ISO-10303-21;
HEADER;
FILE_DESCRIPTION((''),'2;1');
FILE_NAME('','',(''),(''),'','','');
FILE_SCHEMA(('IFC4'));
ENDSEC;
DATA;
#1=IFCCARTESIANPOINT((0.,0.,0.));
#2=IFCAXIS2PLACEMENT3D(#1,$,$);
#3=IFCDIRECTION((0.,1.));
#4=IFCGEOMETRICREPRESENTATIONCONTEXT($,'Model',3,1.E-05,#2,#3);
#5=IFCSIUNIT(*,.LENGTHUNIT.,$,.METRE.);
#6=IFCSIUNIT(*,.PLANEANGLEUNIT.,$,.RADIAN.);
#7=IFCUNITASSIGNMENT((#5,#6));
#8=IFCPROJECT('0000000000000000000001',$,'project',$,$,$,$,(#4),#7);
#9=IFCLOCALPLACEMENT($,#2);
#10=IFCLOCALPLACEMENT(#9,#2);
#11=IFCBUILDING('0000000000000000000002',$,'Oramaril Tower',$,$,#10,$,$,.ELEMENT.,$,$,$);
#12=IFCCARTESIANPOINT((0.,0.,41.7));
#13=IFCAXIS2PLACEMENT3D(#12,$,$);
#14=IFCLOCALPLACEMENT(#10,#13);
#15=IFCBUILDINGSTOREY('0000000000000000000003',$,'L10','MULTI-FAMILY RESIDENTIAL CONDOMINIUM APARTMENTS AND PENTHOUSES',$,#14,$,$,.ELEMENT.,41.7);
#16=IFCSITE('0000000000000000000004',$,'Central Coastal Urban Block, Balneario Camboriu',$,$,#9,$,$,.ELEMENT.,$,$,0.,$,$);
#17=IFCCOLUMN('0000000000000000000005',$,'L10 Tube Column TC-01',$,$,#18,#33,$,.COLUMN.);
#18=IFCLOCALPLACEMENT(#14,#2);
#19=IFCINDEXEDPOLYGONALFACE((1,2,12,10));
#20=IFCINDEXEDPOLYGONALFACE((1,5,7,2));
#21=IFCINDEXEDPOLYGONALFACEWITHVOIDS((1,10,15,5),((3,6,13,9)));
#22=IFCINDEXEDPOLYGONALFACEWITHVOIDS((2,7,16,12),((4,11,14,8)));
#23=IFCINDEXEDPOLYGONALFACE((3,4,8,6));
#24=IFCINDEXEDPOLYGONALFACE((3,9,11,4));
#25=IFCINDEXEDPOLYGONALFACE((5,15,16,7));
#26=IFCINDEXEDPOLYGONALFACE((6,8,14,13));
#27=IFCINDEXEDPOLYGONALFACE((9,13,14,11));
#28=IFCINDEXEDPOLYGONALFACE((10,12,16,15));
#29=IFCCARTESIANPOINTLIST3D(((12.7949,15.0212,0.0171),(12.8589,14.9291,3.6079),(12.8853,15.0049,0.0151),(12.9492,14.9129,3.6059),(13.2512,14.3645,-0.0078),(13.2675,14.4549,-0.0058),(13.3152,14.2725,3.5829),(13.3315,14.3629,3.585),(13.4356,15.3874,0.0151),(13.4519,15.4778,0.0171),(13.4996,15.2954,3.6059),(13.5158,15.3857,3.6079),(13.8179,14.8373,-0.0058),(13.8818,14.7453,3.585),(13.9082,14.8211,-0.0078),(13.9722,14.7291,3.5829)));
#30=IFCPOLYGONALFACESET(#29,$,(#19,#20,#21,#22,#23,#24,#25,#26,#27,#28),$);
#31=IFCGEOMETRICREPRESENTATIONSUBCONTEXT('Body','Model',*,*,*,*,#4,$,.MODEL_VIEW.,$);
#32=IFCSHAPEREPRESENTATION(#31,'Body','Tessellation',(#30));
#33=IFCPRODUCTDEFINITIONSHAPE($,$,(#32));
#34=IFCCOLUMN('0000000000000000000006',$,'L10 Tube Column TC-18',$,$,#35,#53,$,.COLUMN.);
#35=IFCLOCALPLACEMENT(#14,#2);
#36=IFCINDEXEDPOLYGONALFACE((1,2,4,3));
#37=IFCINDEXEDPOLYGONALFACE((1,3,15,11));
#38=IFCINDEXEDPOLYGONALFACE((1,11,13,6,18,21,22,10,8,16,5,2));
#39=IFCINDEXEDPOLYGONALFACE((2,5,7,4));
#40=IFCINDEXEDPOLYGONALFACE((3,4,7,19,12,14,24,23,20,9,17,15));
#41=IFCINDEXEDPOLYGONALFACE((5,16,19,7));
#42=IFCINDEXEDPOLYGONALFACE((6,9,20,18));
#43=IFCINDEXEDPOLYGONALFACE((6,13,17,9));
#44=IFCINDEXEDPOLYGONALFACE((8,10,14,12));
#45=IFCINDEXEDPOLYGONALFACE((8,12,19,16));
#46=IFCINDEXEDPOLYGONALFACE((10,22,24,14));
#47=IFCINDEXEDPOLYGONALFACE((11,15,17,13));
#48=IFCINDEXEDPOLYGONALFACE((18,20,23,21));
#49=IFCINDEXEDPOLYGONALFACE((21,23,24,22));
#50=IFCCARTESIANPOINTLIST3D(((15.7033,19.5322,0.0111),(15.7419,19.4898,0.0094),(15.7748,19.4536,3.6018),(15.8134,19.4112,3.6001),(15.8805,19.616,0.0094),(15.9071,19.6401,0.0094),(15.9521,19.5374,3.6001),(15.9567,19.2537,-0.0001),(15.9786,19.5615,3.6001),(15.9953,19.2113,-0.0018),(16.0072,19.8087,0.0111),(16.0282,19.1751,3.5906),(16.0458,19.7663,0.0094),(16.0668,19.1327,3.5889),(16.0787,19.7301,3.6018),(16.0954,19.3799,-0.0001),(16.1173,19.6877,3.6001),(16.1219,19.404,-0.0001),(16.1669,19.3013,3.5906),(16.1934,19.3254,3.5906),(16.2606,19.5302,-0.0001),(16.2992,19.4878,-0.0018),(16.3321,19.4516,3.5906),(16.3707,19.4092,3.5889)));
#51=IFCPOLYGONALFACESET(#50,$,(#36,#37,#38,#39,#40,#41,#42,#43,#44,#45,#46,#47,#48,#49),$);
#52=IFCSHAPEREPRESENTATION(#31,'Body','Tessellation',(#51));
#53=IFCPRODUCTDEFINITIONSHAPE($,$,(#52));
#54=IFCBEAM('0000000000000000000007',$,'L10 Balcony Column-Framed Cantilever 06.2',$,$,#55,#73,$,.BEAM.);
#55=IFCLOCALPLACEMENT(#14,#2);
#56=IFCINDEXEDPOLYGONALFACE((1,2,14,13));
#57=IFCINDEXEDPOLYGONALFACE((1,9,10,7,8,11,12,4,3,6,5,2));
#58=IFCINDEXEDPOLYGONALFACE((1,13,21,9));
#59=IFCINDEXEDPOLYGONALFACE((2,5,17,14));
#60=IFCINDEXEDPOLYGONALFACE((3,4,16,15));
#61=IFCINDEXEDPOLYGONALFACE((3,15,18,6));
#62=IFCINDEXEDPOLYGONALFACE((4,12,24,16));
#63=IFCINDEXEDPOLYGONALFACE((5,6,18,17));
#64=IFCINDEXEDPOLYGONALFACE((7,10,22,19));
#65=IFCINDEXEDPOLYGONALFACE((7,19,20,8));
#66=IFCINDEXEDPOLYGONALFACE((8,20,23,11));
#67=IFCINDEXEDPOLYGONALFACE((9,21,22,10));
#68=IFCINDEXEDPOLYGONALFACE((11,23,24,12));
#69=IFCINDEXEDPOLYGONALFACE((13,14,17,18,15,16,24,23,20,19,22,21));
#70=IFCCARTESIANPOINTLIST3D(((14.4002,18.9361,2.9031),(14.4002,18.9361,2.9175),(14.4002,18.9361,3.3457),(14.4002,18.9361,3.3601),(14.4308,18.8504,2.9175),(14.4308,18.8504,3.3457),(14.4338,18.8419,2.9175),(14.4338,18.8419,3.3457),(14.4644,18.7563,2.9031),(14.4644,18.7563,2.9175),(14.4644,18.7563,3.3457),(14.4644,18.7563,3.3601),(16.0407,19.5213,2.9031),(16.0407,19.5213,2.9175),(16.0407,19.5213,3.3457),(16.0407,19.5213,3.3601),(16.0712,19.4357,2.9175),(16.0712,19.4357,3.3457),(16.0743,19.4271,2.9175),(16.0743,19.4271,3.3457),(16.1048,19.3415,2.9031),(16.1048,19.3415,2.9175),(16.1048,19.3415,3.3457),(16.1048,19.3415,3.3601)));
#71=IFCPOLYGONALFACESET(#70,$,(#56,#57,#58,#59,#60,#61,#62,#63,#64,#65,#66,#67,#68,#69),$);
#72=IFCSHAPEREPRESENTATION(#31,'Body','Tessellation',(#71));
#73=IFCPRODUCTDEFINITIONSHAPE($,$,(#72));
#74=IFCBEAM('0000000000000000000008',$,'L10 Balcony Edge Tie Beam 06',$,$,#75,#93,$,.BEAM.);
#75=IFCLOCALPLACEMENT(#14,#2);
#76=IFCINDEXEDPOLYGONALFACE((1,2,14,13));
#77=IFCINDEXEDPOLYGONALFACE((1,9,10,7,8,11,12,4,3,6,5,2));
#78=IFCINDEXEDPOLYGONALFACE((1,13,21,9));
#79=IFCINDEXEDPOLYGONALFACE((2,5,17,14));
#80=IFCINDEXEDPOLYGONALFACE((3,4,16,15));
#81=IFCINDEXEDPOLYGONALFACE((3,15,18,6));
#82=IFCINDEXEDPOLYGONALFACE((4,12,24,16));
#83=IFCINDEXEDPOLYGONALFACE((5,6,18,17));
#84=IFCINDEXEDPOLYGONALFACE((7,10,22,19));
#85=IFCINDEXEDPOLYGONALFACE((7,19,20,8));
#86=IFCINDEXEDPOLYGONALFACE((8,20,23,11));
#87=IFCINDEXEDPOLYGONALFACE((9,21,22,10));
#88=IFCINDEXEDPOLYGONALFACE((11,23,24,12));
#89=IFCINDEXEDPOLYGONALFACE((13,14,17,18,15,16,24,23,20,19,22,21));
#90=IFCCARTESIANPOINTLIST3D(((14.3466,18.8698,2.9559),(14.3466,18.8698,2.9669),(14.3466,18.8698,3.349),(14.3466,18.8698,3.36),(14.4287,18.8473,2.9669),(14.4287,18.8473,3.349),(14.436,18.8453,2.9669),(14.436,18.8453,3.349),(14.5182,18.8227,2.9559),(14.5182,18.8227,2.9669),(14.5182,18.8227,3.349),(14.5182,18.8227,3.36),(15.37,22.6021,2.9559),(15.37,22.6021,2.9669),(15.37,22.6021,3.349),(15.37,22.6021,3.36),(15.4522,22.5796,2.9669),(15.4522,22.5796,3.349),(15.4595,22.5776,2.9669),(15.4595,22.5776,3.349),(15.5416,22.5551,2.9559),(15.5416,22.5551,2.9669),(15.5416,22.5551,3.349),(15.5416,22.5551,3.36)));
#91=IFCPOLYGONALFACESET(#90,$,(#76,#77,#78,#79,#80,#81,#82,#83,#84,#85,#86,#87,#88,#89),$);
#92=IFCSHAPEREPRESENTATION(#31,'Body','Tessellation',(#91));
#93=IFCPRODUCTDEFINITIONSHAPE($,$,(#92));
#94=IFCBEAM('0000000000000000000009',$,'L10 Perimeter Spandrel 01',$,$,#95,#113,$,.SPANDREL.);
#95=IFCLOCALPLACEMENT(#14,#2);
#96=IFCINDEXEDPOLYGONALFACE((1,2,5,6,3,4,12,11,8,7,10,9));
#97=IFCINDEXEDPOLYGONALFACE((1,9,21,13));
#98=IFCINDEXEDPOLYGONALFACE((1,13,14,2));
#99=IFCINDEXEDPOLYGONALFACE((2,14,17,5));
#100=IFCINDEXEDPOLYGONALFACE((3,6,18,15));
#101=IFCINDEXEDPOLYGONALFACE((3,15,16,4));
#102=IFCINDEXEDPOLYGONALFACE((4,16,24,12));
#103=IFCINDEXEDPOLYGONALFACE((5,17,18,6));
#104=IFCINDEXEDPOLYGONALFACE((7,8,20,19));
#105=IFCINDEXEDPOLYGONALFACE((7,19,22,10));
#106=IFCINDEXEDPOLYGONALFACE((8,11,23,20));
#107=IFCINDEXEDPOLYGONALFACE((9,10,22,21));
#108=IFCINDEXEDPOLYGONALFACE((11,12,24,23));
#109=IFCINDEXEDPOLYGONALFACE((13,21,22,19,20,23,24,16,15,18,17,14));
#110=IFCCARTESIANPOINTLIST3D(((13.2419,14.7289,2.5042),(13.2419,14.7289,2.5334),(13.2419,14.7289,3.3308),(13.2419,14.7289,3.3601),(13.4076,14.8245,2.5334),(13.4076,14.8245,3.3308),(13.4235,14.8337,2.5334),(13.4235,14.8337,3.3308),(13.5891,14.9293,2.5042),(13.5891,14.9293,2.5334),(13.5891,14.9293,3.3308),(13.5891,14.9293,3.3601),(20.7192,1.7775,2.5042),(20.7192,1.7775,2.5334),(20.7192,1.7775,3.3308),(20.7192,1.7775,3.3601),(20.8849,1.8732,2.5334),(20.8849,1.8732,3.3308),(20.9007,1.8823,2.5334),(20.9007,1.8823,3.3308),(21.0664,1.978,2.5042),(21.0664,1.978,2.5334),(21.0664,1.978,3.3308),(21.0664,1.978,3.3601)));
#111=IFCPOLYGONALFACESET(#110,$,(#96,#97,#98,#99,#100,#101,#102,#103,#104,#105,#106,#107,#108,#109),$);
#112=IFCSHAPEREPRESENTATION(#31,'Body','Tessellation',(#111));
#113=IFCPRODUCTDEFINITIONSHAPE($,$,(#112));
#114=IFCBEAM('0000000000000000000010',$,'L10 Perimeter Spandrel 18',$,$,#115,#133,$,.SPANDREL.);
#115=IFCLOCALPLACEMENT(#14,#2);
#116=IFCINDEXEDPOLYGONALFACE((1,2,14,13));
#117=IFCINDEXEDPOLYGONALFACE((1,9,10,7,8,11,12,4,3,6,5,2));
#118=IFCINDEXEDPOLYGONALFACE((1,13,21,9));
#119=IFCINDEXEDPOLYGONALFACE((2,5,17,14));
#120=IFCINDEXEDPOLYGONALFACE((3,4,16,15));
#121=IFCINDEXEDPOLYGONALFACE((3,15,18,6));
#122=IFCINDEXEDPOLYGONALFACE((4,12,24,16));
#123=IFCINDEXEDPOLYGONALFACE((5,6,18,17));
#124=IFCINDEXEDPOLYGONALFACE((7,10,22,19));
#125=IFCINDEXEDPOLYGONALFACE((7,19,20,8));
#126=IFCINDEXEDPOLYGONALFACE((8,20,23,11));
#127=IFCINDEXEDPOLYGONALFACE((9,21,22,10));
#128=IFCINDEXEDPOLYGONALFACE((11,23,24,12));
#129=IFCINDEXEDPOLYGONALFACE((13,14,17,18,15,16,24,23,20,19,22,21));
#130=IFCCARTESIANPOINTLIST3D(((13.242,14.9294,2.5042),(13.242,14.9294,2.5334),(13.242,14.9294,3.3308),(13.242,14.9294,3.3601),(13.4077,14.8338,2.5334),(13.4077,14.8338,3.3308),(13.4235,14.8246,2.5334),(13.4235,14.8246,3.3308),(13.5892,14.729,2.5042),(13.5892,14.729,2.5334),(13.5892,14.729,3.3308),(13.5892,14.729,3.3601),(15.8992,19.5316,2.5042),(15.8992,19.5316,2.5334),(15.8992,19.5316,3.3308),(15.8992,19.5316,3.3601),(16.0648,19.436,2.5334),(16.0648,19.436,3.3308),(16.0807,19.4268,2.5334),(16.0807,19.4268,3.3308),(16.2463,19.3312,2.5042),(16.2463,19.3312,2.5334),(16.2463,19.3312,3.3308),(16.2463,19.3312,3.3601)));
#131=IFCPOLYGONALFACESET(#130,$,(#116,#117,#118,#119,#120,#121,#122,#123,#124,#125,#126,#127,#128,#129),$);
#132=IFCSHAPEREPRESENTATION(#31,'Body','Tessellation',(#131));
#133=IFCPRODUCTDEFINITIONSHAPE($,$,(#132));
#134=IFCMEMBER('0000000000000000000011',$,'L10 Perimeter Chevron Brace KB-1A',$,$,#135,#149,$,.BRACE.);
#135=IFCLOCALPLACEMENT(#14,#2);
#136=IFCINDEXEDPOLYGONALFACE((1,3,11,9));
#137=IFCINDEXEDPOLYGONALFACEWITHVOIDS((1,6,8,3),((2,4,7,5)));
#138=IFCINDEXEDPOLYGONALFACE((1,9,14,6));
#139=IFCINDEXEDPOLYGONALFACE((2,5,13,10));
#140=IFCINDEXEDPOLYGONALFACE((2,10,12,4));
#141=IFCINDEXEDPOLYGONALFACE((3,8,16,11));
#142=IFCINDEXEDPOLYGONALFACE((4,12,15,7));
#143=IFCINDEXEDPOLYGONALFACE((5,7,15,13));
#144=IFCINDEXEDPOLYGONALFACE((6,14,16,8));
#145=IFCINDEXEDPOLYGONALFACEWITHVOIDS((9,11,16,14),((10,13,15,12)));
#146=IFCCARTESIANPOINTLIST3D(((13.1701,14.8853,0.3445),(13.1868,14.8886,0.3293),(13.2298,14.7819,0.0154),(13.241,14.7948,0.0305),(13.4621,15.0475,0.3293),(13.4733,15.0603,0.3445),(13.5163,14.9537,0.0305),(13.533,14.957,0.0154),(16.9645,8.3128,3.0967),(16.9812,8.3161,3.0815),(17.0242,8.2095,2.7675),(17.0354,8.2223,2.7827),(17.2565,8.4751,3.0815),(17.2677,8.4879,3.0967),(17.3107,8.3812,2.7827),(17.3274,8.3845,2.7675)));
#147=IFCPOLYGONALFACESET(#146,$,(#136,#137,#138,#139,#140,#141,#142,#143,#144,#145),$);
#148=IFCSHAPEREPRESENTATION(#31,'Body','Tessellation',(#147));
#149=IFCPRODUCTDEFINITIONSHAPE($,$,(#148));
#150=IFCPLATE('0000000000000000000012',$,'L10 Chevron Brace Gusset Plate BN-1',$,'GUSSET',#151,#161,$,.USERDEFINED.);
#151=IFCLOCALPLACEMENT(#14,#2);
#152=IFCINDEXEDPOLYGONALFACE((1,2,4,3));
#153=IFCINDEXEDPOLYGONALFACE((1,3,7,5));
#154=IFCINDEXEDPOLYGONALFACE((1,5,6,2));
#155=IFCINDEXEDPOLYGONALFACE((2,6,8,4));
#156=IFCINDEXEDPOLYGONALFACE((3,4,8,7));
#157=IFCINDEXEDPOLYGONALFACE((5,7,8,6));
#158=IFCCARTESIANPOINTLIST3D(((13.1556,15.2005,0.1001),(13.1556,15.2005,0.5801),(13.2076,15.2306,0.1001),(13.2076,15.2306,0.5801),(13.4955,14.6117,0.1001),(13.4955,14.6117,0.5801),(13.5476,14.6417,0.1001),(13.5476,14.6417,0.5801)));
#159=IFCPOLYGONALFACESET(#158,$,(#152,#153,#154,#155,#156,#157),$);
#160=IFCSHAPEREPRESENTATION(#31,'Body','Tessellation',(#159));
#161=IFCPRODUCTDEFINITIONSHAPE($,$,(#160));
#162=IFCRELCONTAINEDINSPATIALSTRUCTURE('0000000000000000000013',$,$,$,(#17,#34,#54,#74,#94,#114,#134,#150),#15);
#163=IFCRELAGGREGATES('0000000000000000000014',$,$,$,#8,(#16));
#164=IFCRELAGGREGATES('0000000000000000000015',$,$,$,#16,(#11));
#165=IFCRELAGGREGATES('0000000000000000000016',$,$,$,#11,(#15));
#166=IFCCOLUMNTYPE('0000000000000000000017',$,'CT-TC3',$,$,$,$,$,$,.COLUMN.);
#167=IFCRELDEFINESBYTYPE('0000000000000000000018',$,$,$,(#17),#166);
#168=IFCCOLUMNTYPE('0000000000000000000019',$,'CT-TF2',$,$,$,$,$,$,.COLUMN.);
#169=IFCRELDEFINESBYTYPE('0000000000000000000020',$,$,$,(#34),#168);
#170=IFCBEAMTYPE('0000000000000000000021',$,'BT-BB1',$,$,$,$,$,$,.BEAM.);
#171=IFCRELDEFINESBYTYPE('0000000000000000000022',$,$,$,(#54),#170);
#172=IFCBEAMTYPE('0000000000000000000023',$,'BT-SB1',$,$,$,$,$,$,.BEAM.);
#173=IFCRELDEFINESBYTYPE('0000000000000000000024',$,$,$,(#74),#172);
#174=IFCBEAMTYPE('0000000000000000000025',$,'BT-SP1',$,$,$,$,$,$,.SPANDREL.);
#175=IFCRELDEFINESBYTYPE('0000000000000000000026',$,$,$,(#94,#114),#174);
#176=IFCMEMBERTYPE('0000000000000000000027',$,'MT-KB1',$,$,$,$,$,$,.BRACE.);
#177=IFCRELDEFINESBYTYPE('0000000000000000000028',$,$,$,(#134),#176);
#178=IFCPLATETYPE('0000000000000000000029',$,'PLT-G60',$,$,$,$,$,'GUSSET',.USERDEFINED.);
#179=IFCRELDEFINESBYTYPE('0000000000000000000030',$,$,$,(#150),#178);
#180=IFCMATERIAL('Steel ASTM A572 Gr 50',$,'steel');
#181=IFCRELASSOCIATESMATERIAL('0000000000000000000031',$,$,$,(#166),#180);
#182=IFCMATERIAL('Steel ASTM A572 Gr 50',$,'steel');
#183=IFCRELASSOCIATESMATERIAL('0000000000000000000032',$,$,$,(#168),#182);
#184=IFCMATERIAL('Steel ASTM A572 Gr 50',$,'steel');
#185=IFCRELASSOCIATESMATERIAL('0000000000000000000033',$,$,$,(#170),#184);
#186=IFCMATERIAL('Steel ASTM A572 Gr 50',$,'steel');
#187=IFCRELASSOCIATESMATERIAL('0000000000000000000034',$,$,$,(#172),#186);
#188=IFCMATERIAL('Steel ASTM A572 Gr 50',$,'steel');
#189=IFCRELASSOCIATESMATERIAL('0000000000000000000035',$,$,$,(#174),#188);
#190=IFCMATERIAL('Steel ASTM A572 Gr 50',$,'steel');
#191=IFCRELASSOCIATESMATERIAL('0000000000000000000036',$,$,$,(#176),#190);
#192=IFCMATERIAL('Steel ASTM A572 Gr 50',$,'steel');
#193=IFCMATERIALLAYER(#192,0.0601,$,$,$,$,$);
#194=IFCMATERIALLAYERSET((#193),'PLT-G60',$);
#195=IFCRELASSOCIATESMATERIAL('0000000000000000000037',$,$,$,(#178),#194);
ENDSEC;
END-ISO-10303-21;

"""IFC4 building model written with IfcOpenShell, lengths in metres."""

from ifc_helpers import new_model, si_unit, direction, frame, origin, origin_2d, place, context, subcontext, project, spatial, rectangle, hollow_rectangle, i_section, extrude, material, layer, layer_set, material_profile, profile_set, type_object, element, save


model = new_model("IFC4")

# Units and contexts
model_context = context("Model", 3, precision=1e-05, world=origin(), true_north=direction((0.0, 1.0)))
body_context = subcontext(model_context, "Body", "Model", "MODEL_VIEW")
ifc_project = project(units=[si_unit("LENGTHUNIT", "METRE"), si_unit("PLANEANGLEUNIT", "RADIAN")], contexts=[model_context])

# Site, building, storey
site_placement = place(None, origin())
site = spatial("IfcSite", under=ifc_project, at=site_placement, Name="Central Coastal Urban Block, Balneario Camboriu", CompositionType="ELEMENT", RefElevation=0.0)
building_placement = place(site_placement, origin())
building = spatial("IfcBuilding", under=site, at=building_placement, Name="Oramaril Tower", CompositionType="ELEMENT")
storey_placement = place(building_placement, frame((0.0, 0.0, 41.7)))
storey = spatial("IfcBuildingStorey", under=building, at=storey_placement, Name="L10", Description="MULTI-FAMILY RESIDENTIAL CONDOMINIUM APARTMENTS AND PENTHOUSES", CompositionType="ELEMENT", Elevation=41.7)

# Columns
ifc_material_1 = material(Name="Steel ASTM A572 Gr 50", Category="steel")
ifc_material_profile_1 = material_profile(ifc_material_1, hollow_rectangle(XDim=0.8, YDim=0.8, WallThickness=0.0649, at=origin_2d()), Name="BOX800X800X65")
ifc_profile_set_1 = profile_set([ifc_material_profile_1], Name="Steel ASTM A572 Gr 50")
column_type_1 = type_object("IfcColumnType", Name="CT-TC3", PredefinedType="COLUMN", material=ifc_profile_set_1)
column_1_placement = place(storey_placement, frame((13.3516, 14.9211, 0.0046), z_axis=(0.017805, -0.02562, 0.999513), x_axis=(0.821171, 0.570682, 0.0)))
element("IfcColumn", 1, at=column_1_placement, inside=storey, type_object=column_type_1, Name="L10 Tube Column TC-01", PredefinedType="COLUMN", context=body_context, shape_type="SweptSolid", body=[
    extrude(hollow_rectangle(XDim=0.8, YDim=0.8, WallThickness=0.0649, at=origin_2d()), origin(), (0.0, 0.0, 1.0), 3.5925),
])
ifc_material_2 = material(Name="Steel ASTM A572 Gr 50", Category="steel")
ifc_material_profile_2 = material_profile(ifc_material_2, i_section(OverallWidth=0.4109, OverallDepth=0.4341, WebThickness=0.0359, FlangeThickness=0.0574, at=origin_2d()), Name="W14X311")
ifc_profile_set_2 = profile_set([ifc_material_profile_2], Name="Steel ASTM A572 Gr 50")
column_type_2 = type_object("IfcColumnType", Name="CT-TF2", PredefinedType="COLUMN", material=ifc_profile_set_2)
column_2_placement = place(storey_placement, frame((16.0012, 19.51, 0.0046), z_axis=(0.019912, -0.021883, 0.999562), x_axis=(0.739628, 0.673016, 0.0)))
element("IfcColumn", 2, at=column_2_placement, inside=storey, type_object=column_type_2, Name="L10 Tube Column TC-18", PredefinedType="COLUMN", context=body_context, shape_type="SweptSolid", body=[
    extrude(i_section(OverallWidth=0.4109, OverallDepth=0.4341, WebThickness=0.0359, FlangeThickness=0.0574, at=origin_2d()), origin(), (0.0, 0.0, 1.0), 3.5923),
])

# Beams
ifc_material_3 = material(Name="Steel ASTM A572 Gr 50", Category="steel")
ifc_material_profile_3 = material_profile(ifc_material_3, i_section(OverallWidth=0.1909, OverallDepth=0.457, WebThickness=0.009, FlangeThickness=0.0144, at=origin_2d()), Name="W18X50")
ifc_profile_set_3 = profile_set([ifc_material_profile_3], Name="Steel ASTM A572 Gr 50")
beam_type_1 = type_object("IfcBeamType", Name="BT-BB1", PredefinedType="BEAM", material=ifc_profile_set_3)
beam_1_placement = place(storey_placement, frame((16.0728, 19.4314, 3.1316), z_axis=(-0.941859, -0.336008, 0.0), x_axis=(0.336008, -0.941859, 0.0)))
element("IfcBeam", 3, at=beam_1_placement, inside=storey, type_object=beam_type_1, Name="L10 Balcony Column-Framed Cantilever 06.2", PredefinedType="BEAM", context=body_context, shape_type="SweptSolid", body=[
    extrude(i_section(OverallWidth=0.1909, OverallDepth=0.457, WebThickness=0.009, FlangeThickness=0.0144, at=origin_2d()), origin(), (0.0, 0.0, 1.0), 1.7417),
])
ifc_material_4 = material(Name="Steel ASTM A572 Gr 50", Category="steel")
ifc_material_profile_4 = material_profile(ifc_material_4, i_section(OverallWidth=0.178, OverallDepth=0.4041, WebThickness=0.0076, FlangeThickness=0.011, at=origin_2d()), Name="W16X36")
ifc_profile_set_4 = profile_set([ifc_material_profile_4], Name="Steel ASTM A572 Gr 50")
beam_type_2 = type_object("IfcBeamType", Name="BT-SB1", PredefinedType="BEAM", material=ifc_profile_set_4)
beam_2_placement = place(storey_placement, frame((15.4558, 22.5786, 3.158), z_axis=(-0.264441, -0.964402, 0.0), x_axis=(0.964402, -0.264441, 0.0)))
element("IfcBeam", 4, at=beam_2_placement, inside=storey, type_object=beam_type_2, Name="L10 Balcony Edge Tie Beam 06", PredefinedType="BEAM", context=body_context, shape_type="SweptSolid", body=[
    extrude(i_section(OverallWidth=0.178, OverallDepth=0.4041, WebThickness=0.0076, FlangeThickness=0.011, at=origin_2d()), origin(), (0.0, 0.0, 1.0), 3.8701),
])
ifc_material_5 = material(Name="Steel ASTM A572 Gr 50", Category="steel")
ifc_material_profile_5 = material_profile(ifc_material_5, i_section(OverallWidth=0.4009, OverallDepth=0.856, WebThickness=0.0183, FlangeThickness=0.0293, at=origin_2d()), Name="W33X201")
ifc_profile_set_5 = profile_set([ifc_material_profile_5], Name="Steel ASTM A572 Gr 50")
beam_type_3 = type_object("IfcBeamType", Name="BT-SP1", PredefinedType="SPANDREL", material=ifc_profile_set_5)
beam_3_placement = place(storey_placement, frame((13.4155, 14.8291, 2.9321), z_axis=(0.49999, -0.866031, 0.0), x_axis=(0.866031, 0.49999, 0.0)))
element("IfcBeam", 5, at=beam_3_placement, inside=storey, type_object=beam_type_3, Name="L10 Perimeter Spandrel 01", PredefinedType="SPANDREL", context=body_context, shape_type="SweptSolid", body=[
    extrude(i_section(OverallWidth=0.4009, OverallDepth=0.856, WebThickness=0.0183, FlangeThickness=0.0293, at=origin_2d()), origin(), (0.0, 0.0, 1.0), 14.9548),
])
beam_4_placement = place(storey_placement, frame((16.0728, 19.4314, 2.9321), z_axis=(-0.500013, -0.866018, 0.0), x_axis=(0.866018, -0.500013, 0.0)))
element("IfcBeam", 6, at=beam_4_placement, inside=storey, type_object=beam_type_3, Name="L10 Perimeter Spandrel 18", PredefinedType="SPANDREL", context=body_context, shape_type="SweptSolid", body=[
    extrude(i_section(OverallWidth=0.4009, OverallDepth=0.856, WebThickness=0.0183, FlangeThickness=0.0293, at=origin_2d()), origin(), (0.0, 0.0, 1.0), 5.3142),
])

# Member
ifc_material_6 = material(Name="Steel ASTM A572 Gr 50", Category="steel")
ifc_material_profile_6 = material_profile(ifc_material_6, hollow_rectangle(XDim=0.3501, YDim=0.3501, WallThickness=0.0161, at=origin_2d()), Name="HSS350X350X16")
ifc_profile_set_6 = profile_set([ifc_material_profile_6], Name="Steel ASTM A572 Gr 50")
member_type = type_object("IfcMemberType", Name="MT-KB1", PredefinedType="BRACE", material=ifc_profile_set_6)
member_placement = place(storey_placement, frame((13.3516, 14.9211, 0.1799), z_axis=(0.470027, -0.814154, 0.340922), x_axis=(0.866037, 0.49998, 0.0)))
element("IfcMember", 7, at=member_placement, inside=storey, type_object=member_type, Name="L10 Perimeter Chevron Brace KB-1A", PredefinedType="BRACE", context=body_context, shape_type="SweptSolid", body=[
    extrude(hollow_rectangle(XDim=0.3501, YDim=0.3501, WallThickness=0.0161, at=origin_2d()), origin(), (0.0, 0.0, 1.0), 8.0728),
])

# Plate
ifc_material_7 = material(Name="Steel ASTM A572 Gr 50", Category="steel")
ifc_layer_1 = layer(ifc_material_7, 0.0601)
ifc_layer_set_1 = layer_set([ifc_layer_1], Name="PLT-G60")
plate_type = type_object("IfcPlateType", Name="PLT-G60", ElementType="GUSSET", PredefinedType="USERDEFINED", material=ifc_layer_set_1)
plate_placement = place(storey_placement, frame((13.3516, 14.9211, 0.1001), z_axis=(0.0, 0.0, 1.0), x_axis=(0.499997, -0.866027, 0.0)))
element("IfcPlate", 8, at=plate_placement, inside=storey, type_object=plate_type, Name="L10 Chevron Brace Gusset Plate BN-1", ObjectType="GUSSET", PredefinedType="USERDEFINED", context=body_context, shape_type="SweptSolid", body=[
    extrude(rectangle(XDim=0.6799, YDim=0.0601, at=origin_2d()), origin(), (0.0, 0.0, 1.0), 0.48),
])

save(model, "model.ifc")
